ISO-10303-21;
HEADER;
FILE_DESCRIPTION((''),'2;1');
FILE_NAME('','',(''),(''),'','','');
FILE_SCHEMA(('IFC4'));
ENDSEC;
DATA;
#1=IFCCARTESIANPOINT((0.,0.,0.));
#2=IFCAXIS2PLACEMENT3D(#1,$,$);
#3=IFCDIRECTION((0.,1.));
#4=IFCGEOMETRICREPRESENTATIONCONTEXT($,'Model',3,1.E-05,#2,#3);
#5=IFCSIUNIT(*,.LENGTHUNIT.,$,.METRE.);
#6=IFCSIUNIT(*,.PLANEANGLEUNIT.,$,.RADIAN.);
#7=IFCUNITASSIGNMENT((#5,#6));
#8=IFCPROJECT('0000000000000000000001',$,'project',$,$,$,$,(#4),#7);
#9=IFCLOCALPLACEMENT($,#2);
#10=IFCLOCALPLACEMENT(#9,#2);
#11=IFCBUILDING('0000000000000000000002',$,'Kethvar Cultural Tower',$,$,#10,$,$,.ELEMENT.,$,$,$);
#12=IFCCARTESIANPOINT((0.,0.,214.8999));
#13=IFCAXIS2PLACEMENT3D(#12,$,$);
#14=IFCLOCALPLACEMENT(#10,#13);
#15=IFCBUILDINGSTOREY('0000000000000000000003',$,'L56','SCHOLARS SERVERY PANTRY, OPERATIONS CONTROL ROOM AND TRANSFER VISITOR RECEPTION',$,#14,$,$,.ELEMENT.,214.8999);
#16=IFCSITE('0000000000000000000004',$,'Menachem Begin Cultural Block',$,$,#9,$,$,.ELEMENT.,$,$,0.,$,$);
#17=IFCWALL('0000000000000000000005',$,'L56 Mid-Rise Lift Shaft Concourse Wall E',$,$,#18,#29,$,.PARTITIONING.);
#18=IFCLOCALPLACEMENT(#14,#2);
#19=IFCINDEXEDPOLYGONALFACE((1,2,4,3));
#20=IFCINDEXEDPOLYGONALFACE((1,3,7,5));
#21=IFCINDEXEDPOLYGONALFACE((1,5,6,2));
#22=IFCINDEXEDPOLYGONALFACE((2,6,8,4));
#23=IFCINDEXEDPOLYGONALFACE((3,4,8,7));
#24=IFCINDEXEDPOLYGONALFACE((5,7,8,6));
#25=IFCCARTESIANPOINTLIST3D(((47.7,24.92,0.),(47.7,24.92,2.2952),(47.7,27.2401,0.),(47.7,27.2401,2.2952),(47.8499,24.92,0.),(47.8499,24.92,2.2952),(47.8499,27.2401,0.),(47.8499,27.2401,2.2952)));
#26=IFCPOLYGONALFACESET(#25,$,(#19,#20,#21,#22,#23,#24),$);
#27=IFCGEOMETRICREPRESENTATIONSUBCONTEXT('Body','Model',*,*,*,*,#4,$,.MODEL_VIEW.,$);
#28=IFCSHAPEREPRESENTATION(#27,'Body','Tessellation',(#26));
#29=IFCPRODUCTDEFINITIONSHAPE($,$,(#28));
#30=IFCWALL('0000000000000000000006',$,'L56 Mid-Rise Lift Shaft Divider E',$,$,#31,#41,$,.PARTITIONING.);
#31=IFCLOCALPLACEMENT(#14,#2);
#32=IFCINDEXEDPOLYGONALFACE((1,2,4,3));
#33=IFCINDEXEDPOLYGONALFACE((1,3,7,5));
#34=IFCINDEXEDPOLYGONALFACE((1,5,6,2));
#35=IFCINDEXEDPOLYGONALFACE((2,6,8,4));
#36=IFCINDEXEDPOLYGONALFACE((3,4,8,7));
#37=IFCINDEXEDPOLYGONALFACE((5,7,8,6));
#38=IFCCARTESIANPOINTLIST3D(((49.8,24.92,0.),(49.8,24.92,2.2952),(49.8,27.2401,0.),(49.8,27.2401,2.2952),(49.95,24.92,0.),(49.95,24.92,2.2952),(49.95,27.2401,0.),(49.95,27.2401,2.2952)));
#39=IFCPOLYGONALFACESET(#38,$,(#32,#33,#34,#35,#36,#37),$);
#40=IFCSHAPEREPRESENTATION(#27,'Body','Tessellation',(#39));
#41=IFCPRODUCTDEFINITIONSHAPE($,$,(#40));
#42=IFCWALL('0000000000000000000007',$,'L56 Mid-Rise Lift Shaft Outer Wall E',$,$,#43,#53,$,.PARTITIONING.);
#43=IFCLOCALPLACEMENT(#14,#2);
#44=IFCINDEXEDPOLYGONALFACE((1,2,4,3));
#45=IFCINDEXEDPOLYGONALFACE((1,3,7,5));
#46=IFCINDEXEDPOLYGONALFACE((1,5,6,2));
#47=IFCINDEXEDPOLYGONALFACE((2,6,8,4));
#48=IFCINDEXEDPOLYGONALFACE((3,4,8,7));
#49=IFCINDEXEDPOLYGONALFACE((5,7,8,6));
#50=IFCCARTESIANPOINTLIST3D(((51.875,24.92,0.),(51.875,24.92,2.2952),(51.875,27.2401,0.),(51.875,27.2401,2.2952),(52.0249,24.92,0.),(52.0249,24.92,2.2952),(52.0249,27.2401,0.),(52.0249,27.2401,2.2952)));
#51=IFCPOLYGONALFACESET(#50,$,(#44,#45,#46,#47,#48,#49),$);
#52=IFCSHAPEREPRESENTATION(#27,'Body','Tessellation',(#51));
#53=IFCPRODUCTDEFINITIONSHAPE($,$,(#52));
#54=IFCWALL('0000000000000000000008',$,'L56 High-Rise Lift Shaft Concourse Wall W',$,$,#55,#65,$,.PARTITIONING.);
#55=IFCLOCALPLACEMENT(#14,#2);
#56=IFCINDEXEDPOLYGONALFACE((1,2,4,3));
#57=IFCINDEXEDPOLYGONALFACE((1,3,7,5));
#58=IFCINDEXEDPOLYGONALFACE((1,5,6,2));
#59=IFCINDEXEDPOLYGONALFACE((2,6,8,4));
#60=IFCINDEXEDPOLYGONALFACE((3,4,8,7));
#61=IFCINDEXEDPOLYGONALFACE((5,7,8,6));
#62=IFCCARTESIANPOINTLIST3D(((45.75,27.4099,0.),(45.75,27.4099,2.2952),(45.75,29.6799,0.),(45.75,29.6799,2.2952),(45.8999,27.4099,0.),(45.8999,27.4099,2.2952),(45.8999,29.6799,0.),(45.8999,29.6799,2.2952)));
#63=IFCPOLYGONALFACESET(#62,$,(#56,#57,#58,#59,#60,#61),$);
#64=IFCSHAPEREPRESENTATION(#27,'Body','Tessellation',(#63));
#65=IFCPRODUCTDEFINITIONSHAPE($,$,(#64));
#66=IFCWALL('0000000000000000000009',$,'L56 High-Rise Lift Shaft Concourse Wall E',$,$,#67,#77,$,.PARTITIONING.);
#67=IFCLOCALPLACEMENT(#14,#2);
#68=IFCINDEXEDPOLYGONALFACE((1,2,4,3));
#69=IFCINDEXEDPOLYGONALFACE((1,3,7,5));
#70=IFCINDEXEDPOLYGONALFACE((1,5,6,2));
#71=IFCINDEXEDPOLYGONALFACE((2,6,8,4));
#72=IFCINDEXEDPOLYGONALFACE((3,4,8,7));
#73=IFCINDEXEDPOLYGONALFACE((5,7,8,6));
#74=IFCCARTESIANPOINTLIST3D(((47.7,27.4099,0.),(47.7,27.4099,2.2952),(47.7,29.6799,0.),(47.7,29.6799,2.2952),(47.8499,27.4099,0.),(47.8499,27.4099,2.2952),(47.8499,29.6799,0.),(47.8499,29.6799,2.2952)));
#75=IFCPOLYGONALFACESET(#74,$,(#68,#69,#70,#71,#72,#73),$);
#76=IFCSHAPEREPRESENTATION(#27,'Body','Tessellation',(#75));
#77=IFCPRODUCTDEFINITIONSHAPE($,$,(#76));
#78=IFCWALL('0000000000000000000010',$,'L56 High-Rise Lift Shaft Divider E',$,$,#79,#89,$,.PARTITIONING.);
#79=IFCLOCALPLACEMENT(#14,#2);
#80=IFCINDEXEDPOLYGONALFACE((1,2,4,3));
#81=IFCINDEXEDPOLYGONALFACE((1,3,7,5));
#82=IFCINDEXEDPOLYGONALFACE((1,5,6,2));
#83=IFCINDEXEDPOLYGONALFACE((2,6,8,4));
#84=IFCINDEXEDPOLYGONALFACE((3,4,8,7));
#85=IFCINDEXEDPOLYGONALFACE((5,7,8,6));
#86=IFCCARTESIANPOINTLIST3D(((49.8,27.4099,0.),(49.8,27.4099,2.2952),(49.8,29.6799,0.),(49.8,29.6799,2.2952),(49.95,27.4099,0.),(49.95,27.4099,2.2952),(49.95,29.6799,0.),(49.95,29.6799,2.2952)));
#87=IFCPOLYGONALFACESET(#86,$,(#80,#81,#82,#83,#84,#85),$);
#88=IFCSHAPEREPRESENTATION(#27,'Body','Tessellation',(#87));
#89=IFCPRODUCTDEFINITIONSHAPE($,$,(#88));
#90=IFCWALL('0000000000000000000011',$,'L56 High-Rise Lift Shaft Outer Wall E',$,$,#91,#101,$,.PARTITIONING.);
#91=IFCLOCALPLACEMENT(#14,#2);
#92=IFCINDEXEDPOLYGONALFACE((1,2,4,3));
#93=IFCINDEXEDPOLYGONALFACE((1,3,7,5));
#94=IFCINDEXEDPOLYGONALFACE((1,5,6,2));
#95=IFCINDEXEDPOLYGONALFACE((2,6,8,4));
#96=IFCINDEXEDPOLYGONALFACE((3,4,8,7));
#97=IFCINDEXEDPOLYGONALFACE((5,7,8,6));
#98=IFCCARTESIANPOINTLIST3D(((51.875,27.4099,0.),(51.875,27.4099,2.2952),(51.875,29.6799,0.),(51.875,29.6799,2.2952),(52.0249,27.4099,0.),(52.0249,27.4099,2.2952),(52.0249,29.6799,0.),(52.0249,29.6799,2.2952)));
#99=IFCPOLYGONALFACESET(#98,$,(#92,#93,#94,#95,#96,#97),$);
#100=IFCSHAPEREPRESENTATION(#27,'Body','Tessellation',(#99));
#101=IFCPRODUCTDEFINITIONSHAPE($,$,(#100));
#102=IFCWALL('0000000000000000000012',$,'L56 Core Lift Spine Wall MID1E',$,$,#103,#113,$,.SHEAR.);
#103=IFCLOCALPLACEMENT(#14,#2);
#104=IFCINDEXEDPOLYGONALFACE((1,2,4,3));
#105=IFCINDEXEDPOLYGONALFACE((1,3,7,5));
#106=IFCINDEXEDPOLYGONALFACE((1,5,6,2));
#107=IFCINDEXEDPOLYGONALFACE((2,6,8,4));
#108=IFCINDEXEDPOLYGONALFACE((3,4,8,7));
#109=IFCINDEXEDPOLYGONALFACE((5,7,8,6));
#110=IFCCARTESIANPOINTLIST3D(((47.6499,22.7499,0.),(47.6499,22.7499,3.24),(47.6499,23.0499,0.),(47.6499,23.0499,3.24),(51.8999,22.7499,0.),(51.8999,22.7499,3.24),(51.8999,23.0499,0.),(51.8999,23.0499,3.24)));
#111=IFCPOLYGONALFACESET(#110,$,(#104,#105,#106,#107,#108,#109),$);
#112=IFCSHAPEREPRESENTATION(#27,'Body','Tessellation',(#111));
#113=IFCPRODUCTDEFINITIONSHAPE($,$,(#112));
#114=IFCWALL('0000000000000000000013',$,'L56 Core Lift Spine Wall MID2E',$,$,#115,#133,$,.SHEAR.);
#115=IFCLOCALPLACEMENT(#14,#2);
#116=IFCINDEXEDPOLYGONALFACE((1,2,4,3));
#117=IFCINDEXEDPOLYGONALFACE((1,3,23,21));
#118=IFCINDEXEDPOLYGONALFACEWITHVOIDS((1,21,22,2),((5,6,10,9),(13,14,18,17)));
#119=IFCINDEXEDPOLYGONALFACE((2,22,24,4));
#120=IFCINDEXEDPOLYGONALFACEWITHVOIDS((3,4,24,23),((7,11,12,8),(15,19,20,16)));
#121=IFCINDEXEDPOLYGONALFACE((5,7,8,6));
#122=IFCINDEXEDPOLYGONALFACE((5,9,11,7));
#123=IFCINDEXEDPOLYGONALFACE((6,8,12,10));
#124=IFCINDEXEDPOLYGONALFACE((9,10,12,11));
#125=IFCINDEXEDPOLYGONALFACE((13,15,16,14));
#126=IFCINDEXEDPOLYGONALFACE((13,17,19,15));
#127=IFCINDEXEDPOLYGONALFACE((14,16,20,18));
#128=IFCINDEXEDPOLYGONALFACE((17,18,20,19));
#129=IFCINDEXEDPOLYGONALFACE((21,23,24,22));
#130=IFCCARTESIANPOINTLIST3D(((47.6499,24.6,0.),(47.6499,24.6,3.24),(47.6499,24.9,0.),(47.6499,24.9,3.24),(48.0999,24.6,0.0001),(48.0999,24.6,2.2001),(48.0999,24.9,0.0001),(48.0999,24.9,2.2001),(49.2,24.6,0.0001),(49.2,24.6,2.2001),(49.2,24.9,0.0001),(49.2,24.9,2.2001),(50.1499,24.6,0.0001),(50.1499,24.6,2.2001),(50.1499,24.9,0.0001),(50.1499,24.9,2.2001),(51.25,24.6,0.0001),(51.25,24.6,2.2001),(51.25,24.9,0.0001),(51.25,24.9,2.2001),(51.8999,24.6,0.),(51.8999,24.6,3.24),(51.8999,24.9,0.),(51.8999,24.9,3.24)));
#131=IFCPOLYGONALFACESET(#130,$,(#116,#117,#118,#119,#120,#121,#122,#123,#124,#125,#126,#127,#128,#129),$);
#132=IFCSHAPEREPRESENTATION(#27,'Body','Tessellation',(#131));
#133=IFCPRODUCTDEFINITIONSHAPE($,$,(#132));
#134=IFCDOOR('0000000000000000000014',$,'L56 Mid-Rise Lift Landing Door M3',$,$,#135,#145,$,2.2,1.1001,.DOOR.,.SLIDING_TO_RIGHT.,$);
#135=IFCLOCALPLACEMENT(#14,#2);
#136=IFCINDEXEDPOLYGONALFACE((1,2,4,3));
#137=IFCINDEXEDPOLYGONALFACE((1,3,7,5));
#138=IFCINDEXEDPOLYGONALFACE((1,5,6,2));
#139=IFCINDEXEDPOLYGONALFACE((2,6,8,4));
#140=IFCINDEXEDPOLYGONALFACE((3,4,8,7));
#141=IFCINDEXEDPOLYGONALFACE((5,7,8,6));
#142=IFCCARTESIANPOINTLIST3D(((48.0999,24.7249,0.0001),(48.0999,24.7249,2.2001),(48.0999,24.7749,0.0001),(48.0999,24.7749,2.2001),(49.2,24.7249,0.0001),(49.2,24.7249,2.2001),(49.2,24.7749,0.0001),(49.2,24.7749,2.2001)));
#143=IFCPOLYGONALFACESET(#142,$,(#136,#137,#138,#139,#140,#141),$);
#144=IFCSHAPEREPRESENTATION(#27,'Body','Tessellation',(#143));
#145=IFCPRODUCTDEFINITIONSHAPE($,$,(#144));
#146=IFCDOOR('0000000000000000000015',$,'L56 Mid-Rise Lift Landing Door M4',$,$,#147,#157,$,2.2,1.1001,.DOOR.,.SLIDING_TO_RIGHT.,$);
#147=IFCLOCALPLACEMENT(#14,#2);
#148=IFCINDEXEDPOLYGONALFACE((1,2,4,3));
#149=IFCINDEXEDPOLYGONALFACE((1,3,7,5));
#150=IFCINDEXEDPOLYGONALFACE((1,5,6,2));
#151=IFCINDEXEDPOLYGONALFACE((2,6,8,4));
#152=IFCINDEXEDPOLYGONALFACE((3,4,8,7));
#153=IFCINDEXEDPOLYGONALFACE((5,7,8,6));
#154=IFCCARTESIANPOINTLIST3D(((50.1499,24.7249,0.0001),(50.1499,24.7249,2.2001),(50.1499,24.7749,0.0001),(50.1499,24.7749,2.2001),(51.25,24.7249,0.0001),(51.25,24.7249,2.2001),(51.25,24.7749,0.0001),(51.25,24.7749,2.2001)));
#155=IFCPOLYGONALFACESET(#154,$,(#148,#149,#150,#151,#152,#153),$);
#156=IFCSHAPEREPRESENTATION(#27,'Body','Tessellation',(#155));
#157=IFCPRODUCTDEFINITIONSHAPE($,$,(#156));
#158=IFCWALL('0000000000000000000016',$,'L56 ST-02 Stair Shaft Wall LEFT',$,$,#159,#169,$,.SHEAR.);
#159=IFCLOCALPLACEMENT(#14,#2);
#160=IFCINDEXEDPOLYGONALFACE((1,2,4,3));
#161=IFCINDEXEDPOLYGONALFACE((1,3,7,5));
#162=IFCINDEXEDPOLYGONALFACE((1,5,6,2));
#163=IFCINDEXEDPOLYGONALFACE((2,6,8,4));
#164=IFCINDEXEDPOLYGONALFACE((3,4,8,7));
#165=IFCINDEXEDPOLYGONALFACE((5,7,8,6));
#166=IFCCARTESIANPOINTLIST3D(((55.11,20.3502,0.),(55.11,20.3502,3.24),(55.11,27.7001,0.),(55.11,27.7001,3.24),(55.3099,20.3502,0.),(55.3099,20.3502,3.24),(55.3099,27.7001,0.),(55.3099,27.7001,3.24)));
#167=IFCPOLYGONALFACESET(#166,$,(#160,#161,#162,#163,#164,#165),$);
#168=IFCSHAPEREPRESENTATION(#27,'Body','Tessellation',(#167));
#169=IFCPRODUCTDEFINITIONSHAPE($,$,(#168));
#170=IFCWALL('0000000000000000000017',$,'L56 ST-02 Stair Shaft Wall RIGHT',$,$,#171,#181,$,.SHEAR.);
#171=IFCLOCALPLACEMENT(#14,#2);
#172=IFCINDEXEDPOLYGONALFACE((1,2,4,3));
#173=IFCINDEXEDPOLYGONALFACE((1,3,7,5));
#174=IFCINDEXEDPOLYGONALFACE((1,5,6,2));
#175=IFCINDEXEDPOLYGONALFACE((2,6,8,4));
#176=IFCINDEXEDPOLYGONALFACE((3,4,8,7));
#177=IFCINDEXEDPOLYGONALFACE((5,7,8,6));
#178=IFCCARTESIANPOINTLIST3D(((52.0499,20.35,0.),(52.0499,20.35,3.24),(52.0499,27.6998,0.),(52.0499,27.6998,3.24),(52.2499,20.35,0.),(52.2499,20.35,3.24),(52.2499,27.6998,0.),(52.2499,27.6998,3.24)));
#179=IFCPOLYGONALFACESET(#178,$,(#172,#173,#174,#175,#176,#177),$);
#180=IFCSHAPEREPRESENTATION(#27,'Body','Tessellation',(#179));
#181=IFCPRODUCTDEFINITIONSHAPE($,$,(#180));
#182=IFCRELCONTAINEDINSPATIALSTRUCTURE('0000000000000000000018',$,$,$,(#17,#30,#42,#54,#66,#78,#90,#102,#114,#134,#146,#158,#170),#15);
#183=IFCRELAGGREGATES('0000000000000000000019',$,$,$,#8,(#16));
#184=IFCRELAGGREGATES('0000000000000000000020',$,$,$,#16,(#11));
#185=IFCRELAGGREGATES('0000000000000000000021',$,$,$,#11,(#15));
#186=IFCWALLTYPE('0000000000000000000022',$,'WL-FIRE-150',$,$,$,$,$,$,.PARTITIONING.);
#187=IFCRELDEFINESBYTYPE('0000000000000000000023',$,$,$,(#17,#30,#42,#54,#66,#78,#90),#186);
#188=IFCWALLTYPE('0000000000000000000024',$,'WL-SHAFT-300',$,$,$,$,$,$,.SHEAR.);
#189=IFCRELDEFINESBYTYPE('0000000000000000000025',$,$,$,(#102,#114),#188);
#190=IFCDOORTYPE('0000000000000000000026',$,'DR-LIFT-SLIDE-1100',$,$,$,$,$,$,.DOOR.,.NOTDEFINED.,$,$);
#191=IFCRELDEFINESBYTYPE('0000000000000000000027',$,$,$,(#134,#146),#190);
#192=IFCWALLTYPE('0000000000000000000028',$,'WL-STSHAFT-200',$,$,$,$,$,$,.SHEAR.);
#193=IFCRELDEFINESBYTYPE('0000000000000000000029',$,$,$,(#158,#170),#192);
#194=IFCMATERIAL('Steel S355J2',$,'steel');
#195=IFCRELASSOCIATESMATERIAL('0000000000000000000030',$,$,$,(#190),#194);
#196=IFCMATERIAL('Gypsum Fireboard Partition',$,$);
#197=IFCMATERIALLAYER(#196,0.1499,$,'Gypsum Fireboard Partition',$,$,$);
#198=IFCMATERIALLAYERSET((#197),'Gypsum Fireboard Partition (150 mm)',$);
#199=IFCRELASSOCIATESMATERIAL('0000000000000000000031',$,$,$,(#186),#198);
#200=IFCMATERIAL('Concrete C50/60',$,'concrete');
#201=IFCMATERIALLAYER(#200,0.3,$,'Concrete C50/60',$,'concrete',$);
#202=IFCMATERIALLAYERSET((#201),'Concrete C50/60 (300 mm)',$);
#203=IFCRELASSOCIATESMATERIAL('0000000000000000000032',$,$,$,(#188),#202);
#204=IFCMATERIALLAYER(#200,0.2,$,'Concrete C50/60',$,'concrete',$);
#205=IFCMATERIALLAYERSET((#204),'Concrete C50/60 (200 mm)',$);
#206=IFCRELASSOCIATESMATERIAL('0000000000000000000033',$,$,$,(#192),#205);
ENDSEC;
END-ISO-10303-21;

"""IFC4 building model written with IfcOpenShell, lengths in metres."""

from ifc_helpers import new_model, si_unit, direction, frame, frame_2d, origin, place, context, subcontext, project, spatial, rectangle, extrude, source, transform, mapped, material, layer, layer_set, type_object, element, fill, save


model = new_model("IFC4")

# Units and contexts
model_context = context("Model", 3, precision=1e-05, world=origin(), true_north=direction((0.0, 1.0)))
body_context = subcontext(model_context, "Body", "Model", "MODEL_VIEW")
ifc_project = project(units=[si_unit("LENGTHUNIT", "METRE"), si_unit("PLANEANGLEUNIT", "RADIAN")], contexts=[model_context])

# Site, building, storey
site_placement = place(None, origin())
site = spatial("IfcSite", under=ifc_project, at=site_placement, Name="Menachem Begin Cultural Block", CompositionType="ELEMENT", RefElevation=0.0)
building_placement = place(site_placement, origin())
building = spatial("IfcBuilding", under=site, at=building_placement, Name="Kethvar Cultural Tower", CompositionType="ELEMENT")
storey_placement = place(building_placement, frame((0.0, 0.0, 214.8999)))
storey = spatial("IfcBuildingStorey", under=building, at=storey_placement, Name="L56", Description="SCHOLARS SERVERY PANTRY, OPERATIONS CONTROL ROOM AND TRANSFER VISITOR RECEPTION", CompositionType="ELEMENT", Elevation=214.8999)

# Shared definitions
ifc_material_1 = material(Name="Steel S355J2", Category="steel")

# Shared definitions
door_type_1 = type_object("IfcDoorType", Name="DR-LIFT-SLIDE-1100", OperationType="NOTDEFINED", PredefinedType="DOOR", material=ifc_material_1)
shared_shape_1 = source(origin(), body_context, "Body", "SweptSolid", [
    extrude(rectangle(XDim=1.1001, YDim=2.2, at=frame_2d((0.55, 1.1001))), frame((0.0, 0.0249, 0.0), z_axis=(0.0, -1.0, 0.0), x_axis=(1.0, 0.0, 0.0)), (0.0, 0.0, 1.0), 0.05),
])

# Shared definitions
ifc_material_2 = material(Name="Gypsum Fireboard Partition")
ifc_layer_1 = layer(ifc_material_2, 0.1499, Name="Gypsum Fireboard Partition")
ifc_layer_set_1 = layer_set([ifc_layer_1], Name="Gypsum Fireboard Partition (150 mm)")
wall_type_1 = type_object("IfcWallType", Name="WL-FIRE-150", PredefinedType="PARTITIONING", material=ifc_layer_set_1)

# Walls
for number, where, z_axis, x_axis, name in (
    (1, (47.7749, 24.9199, 0.0), (0.0, 0.0, 1.0), (0.0, 1.0, 0.0), "L56 Mid-Rise Lift Shaft Concourse Wall E"),
    (2, (49.875, 24.9199, 0.0), (0.0, 0.0, 1.0), (0.0, 1.0, 0.0), "L56 Mid-Rise Lift Shaft Divider E"),
    (3, (51.95, 24.9199, 0.0), (0.0, 0.0, 1.0), (0.0, 1.0, 0.0), "L56 Mid-Rise Lift Shaft Outer Wall E"),
):
    element("IfcWall", number, at=place(storey_placement, frame(where, z_axis=z_axis, x_axis=x_axis)), inside=storey, type_object=wall_type_1, Name=name, PredefinedType="PARTITIONING", context=body_context, shape_type="SweptSolid", body=[
        extrude(rectangle(XDim=2.3201, YDim=0.1499, at=frame_2d((1.1602, 0.0))), origin(), (0.0, 0.0, 1.0), 2.2952),
    ])
for number, where, z_axis, x_axis, name in (
    (4, (45.825, 27.4099, 0.0), (0.0, 0.0, 1.0), (0.0, 1.0, 0.0), "L56 High-Rise Lift Shaft Concourse Wall W"),
    (5, (47.7749, 27.4099, 0.0), (0.0, 0.0, 1.0), (0.0, 1.0, 0.0), "L56 High-Rise Lift Shaft Concourse Wall E"),
    (6, (49.875, 27.4099, 0.0), (0.0, 0.0, 1.0), (0.0, 1.0, 0.0), "L56 High-Rise Lift Shaft Divider E"),
    (7, (51.95, 27.4099, 0.0), (0.0, 0.0, 1.0), (0.0, 1.0, 0.0), "L56 High-Rise Lift Shaft Outer Wall E"),
):
    element("IfcWall", number, at=place(storey_placement, frame(where, z_axis=z_axis, x_axis=x_axis)), inside=storey, type_object=wall_type_1, Name=name, PredefinedType="PARTITIONING", context=body_context, shape_type="SweptSolid", body=[
        extrude(rectangle(XDim=2.27, YDim=0.1499, at=frame_2d((1.135, 0.0))), origin(), (0.0, 0.0, 1.0), 2.2952),
    ])
ifc_material_3 = material(Name="Concrete C50/60", Category="concrete")
ifc_layer_2 = layer(ifc_material_3, 0.3, Name="Concrete C50/60", Category="concrete")
ifc_layer_set_2 = layer_set([ifc_layer_2], Name="Concrete C50/60 (300 mm)")
wall_type_2 = type_object("IfcWallType", Name="WL-SHAFT-300", PredefinedType="SHEAR", material=ifc_layer_set_2)
wall_1_placement = place(storey_placement, frame((47.6499, 22.8999, 0.0), z_axis=(0.0, 0.0, 1.0), x_axis=(1.0, 0.0, 0.0)))
element("IfcWall", 8, at=wall_1_placement, inside=storey, type_object=wall_type_2, Name="L56 Core Lift Spine Wall MID1E", PredefinedType="SHEAR", context=body_context, shape_type="SweptSolid", body=[
    extrude(rectangle(XDim=4.25, YDim=0.3, at=frame_2d((2.125, 0.0))), origin(), (0.0, 0.0, 1.0), 3.24),
])

# Wall, openings, doors
wall_2_placement = place(storey_placement, frame((47.6499, 24.75, 0.0), z_axis=(0.0, 0.0, 1.0), x_axis=(1.0, 0.0, 0.0)))
wall_2 = element("IfcWall", 9, at=wall_2_placement, inside=storey, type_object=wall_type_2, Name="L56 Core Lift Spine Wall MID2E", PredefinedType="SHEAR", context=body_context, shape_type="SweptSolid", body=[
    extrude(rectangle(XDim=4.25, YDim=0.3, at=frame_2d((2.125, 0.0))), origin(), (0.0, 0.0, 1.0), 3.24),
])
opening_1_placement = place(wall_2_placement, frame((0.45, 0.0, 0.0)))
opening_1 = element("IfcOpeningElement", 10, at=opening_1_placement, cuts=wall_2, PredefinedType="OPENING", context=body_context, shape_type="SweptSolid", body=[
    extrude(rectangle(XDim=1.1001, YDim=2.2, at=frame_2d((0.55, 1.1001))), frame((0.0, 0.1599, 0.0), z_axis=(0.0, -1.0, 0.0), x_axis=(1.0, 0.0, 0.0)), (0.0, 0.0, 1.0), 0.3201),
])
opening_2_placement = place(wall_2_placement, frame((2.5, 0.0, 0.0)))
opening_2 = element("IfcOpeningElement", 11, at=opening_2_placement, cuts=wall_2, PredefinedType="OPENING", context=body_context, shape_type="SweptSolid", body=[
    extrude(rectangle(XDim=1.1001, YDim=2.2, at=frame_2d((0.55, 1.1001))), frame((0.0, 0.1599, 0.0), z_axis=(0.0, -1.0, 0.0), x_axis=(1.0, 0.0, 0.0)), (0.0, 0.0, 1.0), 0.3201),
])
door_1_placement = place(opening_1_placement, origin())
door_1 = element("IfcDoor", 12, at=door_1_placement, inside=storey, type_object=door_type_1, Name="L56 Mid-Rise Lift Landing Door M3", OperationType="SLIDING_TO_RIGHT", OverallHeight=2.2, OverallWidth=1.1001, PredefinedType="DOOR", context=body_context, shape_type="MappedRepresentation", body=[
    mapped(shared_shape_1, transform((0.0, 0.0, 0.0), scale=1.0)),
])
fill(opening_1, door_1)
door_2_placement = place(opening_2_placement, origin())
door_2 = element("IfcDoor", 13, at=door_2_placement, inside=storey, type_object=door_type_1, Name="L56 Mid-Rise Lift Landing Door M4", OperationType="SLIDING_TO_RIGHT", OverallHeight=2.2, OverallWidth=1.1001, PredefinedType="DOOR", context=body_context, shape_type="MappedRepresentation", body=[
    mapped(shared_shape_1, transform((0.0, 0.0, 0.0), scale=1.0)),
])
fill(opening_2, door_2)

# Walls
ifc_layer_3 = layer(ifc_material_3, 0.2, Name="Concrete C50/60", Category="concrete")
ifc_layer_set_3 = layer_set([ifc_layer_3], Name="Concrete C50/60 (200 mm)")
wall_type_3 = type_object("IfcWallType", Name="WL-STSHAFT-200", PredefinedType="SHEAR", material=ifc_layer_set_3)
for number, where, z_axis, x_axis, name in (
    (14, (55.21, 27.7, 0.0), (0.0, 0.0, 1.0), (0.0, -1.0, 0.0), "L56 ST-02 Stair Shaft Wall LEFT"),
    (15, (52.1499, 20.3501, 0.0), (0.0, 0.0, 1.0), (0.0, 1.0, 0.0), "L56 ST-02 Stair Shaft Wall RIGHT"),
):
    element("IfcWall", number, at=place(storey_placement, frame(where, z_axis=z_axis, x_axis=x_axis)), inside=storey, type_object=wall_type_3, Name=name, PredefinedType="SHEAR", context=body_context, shape_type="SweptSolid", body=[
        extrude(rectangle(XDim=7.3499, YDim=0.2, at=frame_2d((3.6748, 0.0))), origin(), (0.0, 0.0, 1.0), 3.24),
    ])

save(model, "model.ifc")
